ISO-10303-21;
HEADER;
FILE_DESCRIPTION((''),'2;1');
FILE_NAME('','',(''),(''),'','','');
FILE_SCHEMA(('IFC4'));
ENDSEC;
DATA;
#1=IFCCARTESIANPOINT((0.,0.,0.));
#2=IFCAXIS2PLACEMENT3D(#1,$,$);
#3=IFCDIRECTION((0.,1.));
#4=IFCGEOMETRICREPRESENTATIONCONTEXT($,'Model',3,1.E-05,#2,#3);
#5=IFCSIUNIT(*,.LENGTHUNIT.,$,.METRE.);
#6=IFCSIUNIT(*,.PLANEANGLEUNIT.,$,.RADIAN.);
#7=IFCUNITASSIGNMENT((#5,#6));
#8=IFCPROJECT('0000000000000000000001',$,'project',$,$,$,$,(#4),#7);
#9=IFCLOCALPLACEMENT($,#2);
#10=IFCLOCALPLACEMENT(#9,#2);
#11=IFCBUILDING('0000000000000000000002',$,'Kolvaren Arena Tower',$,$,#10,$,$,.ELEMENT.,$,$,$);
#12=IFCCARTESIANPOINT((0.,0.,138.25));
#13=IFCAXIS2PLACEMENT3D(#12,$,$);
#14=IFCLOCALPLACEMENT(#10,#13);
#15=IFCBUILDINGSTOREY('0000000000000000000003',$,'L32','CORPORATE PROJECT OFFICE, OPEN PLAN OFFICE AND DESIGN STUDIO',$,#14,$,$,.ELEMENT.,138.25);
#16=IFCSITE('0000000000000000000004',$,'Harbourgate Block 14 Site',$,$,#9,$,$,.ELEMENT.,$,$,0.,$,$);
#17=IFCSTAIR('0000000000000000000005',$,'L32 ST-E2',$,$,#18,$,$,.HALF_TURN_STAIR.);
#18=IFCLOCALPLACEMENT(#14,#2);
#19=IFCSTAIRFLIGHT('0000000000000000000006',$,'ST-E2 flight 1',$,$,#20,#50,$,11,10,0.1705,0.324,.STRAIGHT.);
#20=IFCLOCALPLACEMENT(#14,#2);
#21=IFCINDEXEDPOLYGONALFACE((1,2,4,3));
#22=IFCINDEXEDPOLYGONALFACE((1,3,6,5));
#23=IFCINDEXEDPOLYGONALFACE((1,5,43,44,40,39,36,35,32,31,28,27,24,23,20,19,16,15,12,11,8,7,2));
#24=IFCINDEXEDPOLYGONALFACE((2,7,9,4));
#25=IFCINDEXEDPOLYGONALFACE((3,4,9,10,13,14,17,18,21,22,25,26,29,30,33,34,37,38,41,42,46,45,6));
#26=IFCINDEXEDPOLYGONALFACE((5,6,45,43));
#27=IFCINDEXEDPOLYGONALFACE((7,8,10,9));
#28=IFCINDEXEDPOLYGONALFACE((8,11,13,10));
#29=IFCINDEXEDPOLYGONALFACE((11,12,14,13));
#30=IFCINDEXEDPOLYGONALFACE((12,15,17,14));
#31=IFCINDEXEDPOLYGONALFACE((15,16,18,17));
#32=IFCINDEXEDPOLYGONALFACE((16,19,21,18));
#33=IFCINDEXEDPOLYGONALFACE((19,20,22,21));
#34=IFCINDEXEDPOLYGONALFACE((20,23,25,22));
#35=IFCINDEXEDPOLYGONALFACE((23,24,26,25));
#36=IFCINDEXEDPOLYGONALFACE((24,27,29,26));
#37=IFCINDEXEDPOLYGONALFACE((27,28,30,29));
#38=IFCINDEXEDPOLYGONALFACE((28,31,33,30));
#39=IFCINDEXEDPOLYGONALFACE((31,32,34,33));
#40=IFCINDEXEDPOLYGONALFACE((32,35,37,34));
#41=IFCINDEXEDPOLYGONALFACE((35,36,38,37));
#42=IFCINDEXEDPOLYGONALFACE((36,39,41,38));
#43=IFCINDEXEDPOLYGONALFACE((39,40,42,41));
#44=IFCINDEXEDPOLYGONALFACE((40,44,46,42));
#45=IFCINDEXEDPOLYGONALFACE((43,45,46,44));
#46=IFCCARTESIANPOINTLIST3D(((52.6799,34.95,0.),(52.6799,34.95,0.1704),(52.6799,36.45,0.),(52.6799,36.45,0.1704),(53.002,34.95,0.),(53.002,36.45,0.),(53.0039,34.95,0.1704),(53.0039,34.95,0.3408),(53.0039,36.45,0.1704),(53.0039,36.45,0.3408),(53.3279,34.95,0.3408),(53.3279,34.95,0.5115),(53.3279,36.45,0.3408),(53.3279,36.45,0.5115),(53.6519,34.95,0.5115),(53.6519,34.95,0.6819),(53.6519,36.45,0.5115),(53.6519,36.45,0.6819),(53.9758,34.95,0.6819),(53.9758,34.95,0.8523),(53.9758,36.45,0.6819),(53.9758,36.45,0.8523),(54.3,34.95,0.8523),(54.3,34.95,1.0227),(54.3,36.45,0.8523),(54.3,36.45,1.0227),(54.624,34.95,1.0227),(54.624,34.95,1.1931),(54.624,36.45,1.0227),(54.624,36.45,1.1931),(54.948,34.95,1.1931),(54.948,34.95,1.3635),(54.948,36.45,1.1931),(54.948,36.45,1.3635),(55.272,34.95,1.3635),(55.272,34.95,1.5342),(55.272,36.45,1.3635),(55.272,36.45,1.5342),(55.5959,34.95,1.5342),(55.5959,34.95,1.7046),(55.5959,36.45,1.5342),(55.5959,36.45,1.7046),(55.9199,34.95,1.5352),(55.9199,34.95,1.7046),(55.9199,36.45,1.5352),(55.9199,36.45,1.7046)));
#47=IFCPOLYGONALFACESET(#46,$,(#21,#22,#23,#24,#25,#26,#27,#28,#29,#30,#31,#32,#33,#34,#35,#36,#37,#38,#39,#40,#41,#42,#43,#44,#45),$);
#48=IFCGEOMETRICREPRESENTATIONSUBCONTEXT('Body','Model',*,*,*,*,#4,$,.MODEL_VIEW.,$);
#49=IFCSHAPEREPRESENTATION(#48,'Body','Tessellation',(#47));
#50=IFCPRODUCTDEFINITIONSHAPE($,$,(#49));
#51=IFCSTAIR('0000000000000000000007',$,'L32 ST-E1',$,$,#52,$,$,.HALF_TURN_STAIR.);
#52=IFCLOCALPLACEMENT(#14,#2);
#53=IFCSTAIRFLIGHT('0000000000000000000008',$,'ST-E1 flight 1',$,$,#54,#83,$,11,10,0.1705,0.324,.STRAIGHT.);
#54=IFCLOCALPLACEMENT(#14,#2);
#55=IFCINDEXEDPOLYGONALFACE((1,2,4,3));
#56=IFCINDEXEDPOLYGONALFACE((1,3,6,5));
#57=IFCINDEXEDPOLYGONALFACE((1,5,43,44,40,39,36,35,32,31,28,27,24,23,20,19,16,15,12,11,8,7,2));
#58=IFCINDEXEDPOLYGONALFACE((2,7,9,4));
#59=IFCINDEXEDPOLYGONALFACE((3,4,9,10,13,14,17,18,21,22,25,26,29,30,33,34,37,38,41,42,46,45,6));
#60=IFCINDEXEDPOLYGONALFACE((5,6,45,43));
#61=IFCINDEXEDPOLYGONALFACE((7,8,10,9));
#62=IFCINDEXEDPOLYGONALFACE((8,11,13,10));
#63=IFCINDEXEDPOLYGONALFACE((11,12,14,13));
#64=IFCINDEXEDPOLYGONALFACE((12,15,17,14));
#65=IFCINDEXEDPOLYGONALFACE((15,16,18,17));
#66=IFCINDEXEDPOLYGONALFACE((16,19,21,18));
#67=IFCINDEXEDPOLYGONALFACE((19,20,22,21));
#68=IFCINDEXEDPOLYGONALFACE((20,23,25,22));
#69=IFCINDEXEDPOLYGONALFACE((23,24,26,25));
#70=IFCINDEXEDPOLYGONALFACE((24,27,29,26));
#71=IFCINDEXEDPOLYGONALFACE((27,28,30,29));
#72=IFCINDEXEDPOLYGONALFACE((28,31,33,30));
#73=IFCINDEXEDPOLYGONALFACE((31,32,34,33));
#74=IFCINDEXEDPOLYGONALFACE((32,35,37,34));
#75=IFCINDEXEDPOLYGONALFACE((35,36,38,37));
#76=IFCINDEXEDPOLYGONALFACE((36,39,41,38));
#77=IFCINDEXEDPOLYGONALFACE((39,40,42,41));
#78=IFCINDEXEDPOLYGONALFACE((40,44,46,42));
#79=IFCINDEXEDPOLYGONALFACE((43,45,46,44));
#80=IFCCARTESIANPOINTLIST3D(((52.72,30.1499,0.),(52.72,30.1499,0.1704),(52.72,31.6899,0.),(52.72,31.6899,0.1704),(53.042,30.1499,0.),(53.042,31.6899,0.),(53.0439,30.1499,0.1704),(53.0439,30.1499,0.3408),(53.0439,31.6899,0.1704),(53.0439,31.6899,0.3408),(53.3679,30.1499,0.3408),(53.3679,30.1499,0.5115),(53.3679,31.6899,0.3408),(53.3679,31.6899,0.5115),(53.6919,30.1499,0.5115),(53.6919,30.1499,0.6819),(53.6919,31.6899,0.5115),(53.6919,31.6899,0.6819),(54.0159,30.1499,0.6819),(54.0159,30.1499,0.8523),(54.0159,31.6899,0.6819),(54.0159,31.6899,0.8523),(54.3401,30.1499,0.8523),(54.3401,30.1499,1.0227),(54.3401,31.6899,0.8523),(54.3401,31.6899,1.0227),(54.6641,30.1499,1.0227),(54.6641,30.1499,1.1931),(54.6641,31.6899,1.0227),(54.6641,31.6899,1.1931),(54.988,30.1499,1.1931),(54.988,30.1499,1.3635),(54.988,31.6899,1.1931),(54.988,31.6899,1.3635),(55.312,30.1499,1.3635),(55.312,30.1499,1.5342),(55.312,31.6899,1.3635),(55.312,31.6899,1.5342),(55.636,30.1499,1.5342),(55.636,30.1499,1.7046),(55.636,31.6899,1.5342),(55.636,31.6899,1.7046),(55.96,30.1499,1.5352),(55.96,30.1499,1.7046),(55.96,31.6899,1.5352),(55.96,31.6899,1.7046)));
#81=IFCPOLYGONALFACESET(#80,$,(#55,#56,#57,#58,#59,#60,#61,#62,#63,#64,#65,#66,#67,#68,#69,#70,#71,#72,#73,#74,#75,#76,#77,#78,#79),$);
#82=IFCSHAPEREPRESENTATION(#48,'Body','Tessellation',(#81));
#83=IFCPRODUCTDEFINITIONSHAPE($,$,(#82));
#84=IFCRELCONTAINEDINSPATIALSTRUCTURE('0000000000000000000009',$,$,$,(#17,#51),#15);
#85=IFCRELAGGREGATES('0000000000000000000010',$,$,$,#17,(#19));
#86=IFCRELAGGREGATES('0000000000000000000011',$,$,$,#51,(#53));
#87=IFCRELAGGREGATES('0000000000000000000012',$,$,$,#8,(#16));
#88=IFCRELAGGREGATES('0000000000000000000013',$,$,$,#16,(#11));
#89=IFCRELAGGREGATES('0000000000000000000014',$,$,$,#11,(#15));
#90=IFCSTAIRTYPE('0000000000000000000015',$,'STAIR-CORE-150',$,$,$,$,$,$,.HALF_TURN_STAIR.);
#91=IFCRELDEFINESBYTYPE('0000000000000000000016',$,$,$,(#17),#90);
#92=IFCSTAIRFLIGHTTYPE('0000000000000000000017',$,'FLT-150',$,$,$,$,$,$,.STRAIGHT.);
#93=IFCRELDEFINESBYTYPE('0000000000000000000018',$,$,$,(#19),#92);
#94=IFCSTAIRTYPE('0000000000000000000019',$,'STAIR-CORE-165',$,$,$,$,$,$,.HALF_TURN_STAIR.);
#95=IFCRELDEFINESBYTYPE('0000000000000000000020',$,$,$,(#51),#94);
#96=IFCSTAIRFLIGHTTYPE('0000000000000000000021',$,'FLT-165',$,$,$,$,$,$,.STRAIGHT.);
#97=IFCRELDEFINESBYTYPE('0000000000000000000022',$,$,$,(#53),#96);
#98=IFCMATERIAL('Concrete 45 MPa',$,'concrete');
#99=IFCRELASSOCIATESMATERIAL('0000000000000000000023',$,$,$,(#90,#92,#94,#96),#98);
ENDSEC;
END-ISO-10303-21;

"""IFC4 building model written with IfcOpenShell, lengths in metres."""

from ifc_helpers import new_model, si_unit, direction, frame, origin, place, context, subcontext, project, spatial, polyline, outline, extrude, material, type_object, element, aggregate, save


model = new_model("IFC4")

# Units and contexts
model_context = context("Model", 3, precision=1e-05, world=origin(), true_north=direction((0.0, 1.0)))
body_context = subcontext(model_context, "Body", "Model", "MODEL_VIEW")
ifc_project = project(units=[si_unit("LENGTHUNIT", "METRE"), si_unit("PLANEANGLEUNIT", "RADIAN")], contexts=[model_context])

# Site, building, storey
site_placement = place(None, origin())
site = spatial("IfcSite", under=ifc_project, at=site_placement, Name="Harbourgate Block 14 Site", CompositionType="ELEMENT", RefElevation=0.0)
building_placement = place(site_placement, origin())
building = spatial("IfcBuilding", under=site, at=building_placement, Name="Kolvaren Arena Tower", CompositionType="ELEMENT")
storey_placement = place(building_placement, frame((0.0, 0.0, 138.25)))
storey = spatial("IfcBuildingStorey", under=building, at=storey_placement, Name="L32", Description="CORPORATE PROJECT OFFICE, OPEN PLAN OFFICE AND DESIGN STUDIO", CompositionType="ELEMENT", Elevation=138.25)

# Shared definitions
ifc_material_1 = material(Name="Concrete 45 MPa", Category="concrete")

# Stairs, stair flights
stair_type_1 = type_object("IfcStairType", Name="STAIR-CORE-150", PredefinedType="HALF_TURN_STAIR", material=ifc_material_1)
stair_1_placement = place(storey_placement, origin())
stair_1 = element("IfcStair", 1, at=stair_1_placement, inside=storey, type_object=stair_type_1, Name="L32 ST-E2", PredefinedType="HALF_TURN_STAIR")
stair_flight_type_1 = type_object("IfcStairFlightType", Name="FLT-150", PredefinedType="STRAIGHT", material=ifc_material_1)
stair_flight_1_placement = place(storey_placement, frame((52.6799, 35.7, 0.0), z_axis=(0.0, 0.0, 1.0), x_axis=(1.0, 0.0, 0.0)))
stair_flight_1 = element("IfcStairFlight", 2, at=stair_flight_1_placement, type_object=stair_flight_type_1, Name="ST-E2 flight 1", NumberOfRisers=11, NumberOfTreads=10, PredefinedType="STRAIGHT", RiserHeight=0.1705, TreadLength=0.324, context=body_context, shape_type="SweptSolid", body=[
    extrude(outline(polyline([(0.0, 0.0), (0.0, 0.1704), (0.324, 0.1704), (0.324, 0.3408), (0.6479, 0.3408), (0.6479, 0.5115), (0.9719, 0.5115), (0.9719, 0.6819), (1.2959, 0.6819), (1.2959, 0.8523), (1.6201, 0.8523), (1.6201, 1.0227), (1.9441, 1.0227), (1.9441, 1.1931), (2.2681, 1.1931), (2.2681, 1.3635), (2.592, 1.3635), (2.592, 1.5342), (2.916, 1.5342), (2.916, 1.7046), (3.24, 1.7046), (3.24, 1.875), (3.24, 1.5352), (0.322, 0.0), (0.0, 0.0)])), frame((0.0, 0.75, 0.0), z_axis=(0.0, -1.0, 0.0), x_axis=(1.0, 0.0, 0.0)), (0.0, 0.0, 1.0), 1.5),
])
aggregate(stair_1, [stair_flight_1])
stair_type_2 = type_object("IfcStairType", Name="STAIR-CORE-165", PredefinedType="HALF_TURN_STAIR", material=ifc_material_1)
stair_2_placement = place(storey_placement, origin())
stair_2 = element("IfcStair", 3, at=stair_2_placement, inside=storey, type_object=stair_type_2, Name="L32 ST-E1", PredefinedType="HALF_TURN_STAIR")
stair_flight_type_2 = type_object("IfcStairFlightType", Name="FLT-165", PredefinedType="STRAIGHT", material=ifc_material_1)
stair_flight_2_placement = place(storey_placement, frame((52.72, 30.9199, 0.0), z_axis=(0.0, 0.0, 1.0), x_axis=(1.0, 0.0, 0.0)))
stair_flight_2 = element("IfcStairFlight", 4, at=stair_flight_2_placement, type_object=stair_flight_type_2, Name="ST-E1 flight 1", NumberOfRisers=11, NumberOfTreads=10, PredefinedType="STRAIGHT", RiserHeight=0.1705, TreadLength=0.324, context=body_context, shape_type="SweptSolid", body=[
    extrude(outline(polyline([(0.0, 0.0), (0.0, 0.1704), (0.324, 0.1704), (0.324, 0.3408), (0.6479, 0.3408), (0.6479, 0.5115), (0.9719, 0.5115), (0.9719, 0.6819), (1.2959, 0.6819), (1.2959, 0.8523), (1.6201, 0.8523), (1.6201, 1.0227), (1.9441, 1.0227), (1.9441, 1.1931), (2.2681, 1.1931), (2.2681, 1.3635), (2.592, 1.3635), (2.592, 1.5342), (2.916, 1.5342), (2.916, 1.7046), (3.24, 1.7046), (3.24, 1.875), (3.24, 1.5352), (0.322, 0.0), (0.0, 0.0)])), frame((0.0, 0.77, 0.0), z_axis=(0.0, -1.0, 0.0), x_axis=(1.0, 0.0, 0.0)), (0.0, 0.0, 1.0), 1.54),
])
aggregate(stair_2, [stair_flight_2])

save(model, "model.ifc")
